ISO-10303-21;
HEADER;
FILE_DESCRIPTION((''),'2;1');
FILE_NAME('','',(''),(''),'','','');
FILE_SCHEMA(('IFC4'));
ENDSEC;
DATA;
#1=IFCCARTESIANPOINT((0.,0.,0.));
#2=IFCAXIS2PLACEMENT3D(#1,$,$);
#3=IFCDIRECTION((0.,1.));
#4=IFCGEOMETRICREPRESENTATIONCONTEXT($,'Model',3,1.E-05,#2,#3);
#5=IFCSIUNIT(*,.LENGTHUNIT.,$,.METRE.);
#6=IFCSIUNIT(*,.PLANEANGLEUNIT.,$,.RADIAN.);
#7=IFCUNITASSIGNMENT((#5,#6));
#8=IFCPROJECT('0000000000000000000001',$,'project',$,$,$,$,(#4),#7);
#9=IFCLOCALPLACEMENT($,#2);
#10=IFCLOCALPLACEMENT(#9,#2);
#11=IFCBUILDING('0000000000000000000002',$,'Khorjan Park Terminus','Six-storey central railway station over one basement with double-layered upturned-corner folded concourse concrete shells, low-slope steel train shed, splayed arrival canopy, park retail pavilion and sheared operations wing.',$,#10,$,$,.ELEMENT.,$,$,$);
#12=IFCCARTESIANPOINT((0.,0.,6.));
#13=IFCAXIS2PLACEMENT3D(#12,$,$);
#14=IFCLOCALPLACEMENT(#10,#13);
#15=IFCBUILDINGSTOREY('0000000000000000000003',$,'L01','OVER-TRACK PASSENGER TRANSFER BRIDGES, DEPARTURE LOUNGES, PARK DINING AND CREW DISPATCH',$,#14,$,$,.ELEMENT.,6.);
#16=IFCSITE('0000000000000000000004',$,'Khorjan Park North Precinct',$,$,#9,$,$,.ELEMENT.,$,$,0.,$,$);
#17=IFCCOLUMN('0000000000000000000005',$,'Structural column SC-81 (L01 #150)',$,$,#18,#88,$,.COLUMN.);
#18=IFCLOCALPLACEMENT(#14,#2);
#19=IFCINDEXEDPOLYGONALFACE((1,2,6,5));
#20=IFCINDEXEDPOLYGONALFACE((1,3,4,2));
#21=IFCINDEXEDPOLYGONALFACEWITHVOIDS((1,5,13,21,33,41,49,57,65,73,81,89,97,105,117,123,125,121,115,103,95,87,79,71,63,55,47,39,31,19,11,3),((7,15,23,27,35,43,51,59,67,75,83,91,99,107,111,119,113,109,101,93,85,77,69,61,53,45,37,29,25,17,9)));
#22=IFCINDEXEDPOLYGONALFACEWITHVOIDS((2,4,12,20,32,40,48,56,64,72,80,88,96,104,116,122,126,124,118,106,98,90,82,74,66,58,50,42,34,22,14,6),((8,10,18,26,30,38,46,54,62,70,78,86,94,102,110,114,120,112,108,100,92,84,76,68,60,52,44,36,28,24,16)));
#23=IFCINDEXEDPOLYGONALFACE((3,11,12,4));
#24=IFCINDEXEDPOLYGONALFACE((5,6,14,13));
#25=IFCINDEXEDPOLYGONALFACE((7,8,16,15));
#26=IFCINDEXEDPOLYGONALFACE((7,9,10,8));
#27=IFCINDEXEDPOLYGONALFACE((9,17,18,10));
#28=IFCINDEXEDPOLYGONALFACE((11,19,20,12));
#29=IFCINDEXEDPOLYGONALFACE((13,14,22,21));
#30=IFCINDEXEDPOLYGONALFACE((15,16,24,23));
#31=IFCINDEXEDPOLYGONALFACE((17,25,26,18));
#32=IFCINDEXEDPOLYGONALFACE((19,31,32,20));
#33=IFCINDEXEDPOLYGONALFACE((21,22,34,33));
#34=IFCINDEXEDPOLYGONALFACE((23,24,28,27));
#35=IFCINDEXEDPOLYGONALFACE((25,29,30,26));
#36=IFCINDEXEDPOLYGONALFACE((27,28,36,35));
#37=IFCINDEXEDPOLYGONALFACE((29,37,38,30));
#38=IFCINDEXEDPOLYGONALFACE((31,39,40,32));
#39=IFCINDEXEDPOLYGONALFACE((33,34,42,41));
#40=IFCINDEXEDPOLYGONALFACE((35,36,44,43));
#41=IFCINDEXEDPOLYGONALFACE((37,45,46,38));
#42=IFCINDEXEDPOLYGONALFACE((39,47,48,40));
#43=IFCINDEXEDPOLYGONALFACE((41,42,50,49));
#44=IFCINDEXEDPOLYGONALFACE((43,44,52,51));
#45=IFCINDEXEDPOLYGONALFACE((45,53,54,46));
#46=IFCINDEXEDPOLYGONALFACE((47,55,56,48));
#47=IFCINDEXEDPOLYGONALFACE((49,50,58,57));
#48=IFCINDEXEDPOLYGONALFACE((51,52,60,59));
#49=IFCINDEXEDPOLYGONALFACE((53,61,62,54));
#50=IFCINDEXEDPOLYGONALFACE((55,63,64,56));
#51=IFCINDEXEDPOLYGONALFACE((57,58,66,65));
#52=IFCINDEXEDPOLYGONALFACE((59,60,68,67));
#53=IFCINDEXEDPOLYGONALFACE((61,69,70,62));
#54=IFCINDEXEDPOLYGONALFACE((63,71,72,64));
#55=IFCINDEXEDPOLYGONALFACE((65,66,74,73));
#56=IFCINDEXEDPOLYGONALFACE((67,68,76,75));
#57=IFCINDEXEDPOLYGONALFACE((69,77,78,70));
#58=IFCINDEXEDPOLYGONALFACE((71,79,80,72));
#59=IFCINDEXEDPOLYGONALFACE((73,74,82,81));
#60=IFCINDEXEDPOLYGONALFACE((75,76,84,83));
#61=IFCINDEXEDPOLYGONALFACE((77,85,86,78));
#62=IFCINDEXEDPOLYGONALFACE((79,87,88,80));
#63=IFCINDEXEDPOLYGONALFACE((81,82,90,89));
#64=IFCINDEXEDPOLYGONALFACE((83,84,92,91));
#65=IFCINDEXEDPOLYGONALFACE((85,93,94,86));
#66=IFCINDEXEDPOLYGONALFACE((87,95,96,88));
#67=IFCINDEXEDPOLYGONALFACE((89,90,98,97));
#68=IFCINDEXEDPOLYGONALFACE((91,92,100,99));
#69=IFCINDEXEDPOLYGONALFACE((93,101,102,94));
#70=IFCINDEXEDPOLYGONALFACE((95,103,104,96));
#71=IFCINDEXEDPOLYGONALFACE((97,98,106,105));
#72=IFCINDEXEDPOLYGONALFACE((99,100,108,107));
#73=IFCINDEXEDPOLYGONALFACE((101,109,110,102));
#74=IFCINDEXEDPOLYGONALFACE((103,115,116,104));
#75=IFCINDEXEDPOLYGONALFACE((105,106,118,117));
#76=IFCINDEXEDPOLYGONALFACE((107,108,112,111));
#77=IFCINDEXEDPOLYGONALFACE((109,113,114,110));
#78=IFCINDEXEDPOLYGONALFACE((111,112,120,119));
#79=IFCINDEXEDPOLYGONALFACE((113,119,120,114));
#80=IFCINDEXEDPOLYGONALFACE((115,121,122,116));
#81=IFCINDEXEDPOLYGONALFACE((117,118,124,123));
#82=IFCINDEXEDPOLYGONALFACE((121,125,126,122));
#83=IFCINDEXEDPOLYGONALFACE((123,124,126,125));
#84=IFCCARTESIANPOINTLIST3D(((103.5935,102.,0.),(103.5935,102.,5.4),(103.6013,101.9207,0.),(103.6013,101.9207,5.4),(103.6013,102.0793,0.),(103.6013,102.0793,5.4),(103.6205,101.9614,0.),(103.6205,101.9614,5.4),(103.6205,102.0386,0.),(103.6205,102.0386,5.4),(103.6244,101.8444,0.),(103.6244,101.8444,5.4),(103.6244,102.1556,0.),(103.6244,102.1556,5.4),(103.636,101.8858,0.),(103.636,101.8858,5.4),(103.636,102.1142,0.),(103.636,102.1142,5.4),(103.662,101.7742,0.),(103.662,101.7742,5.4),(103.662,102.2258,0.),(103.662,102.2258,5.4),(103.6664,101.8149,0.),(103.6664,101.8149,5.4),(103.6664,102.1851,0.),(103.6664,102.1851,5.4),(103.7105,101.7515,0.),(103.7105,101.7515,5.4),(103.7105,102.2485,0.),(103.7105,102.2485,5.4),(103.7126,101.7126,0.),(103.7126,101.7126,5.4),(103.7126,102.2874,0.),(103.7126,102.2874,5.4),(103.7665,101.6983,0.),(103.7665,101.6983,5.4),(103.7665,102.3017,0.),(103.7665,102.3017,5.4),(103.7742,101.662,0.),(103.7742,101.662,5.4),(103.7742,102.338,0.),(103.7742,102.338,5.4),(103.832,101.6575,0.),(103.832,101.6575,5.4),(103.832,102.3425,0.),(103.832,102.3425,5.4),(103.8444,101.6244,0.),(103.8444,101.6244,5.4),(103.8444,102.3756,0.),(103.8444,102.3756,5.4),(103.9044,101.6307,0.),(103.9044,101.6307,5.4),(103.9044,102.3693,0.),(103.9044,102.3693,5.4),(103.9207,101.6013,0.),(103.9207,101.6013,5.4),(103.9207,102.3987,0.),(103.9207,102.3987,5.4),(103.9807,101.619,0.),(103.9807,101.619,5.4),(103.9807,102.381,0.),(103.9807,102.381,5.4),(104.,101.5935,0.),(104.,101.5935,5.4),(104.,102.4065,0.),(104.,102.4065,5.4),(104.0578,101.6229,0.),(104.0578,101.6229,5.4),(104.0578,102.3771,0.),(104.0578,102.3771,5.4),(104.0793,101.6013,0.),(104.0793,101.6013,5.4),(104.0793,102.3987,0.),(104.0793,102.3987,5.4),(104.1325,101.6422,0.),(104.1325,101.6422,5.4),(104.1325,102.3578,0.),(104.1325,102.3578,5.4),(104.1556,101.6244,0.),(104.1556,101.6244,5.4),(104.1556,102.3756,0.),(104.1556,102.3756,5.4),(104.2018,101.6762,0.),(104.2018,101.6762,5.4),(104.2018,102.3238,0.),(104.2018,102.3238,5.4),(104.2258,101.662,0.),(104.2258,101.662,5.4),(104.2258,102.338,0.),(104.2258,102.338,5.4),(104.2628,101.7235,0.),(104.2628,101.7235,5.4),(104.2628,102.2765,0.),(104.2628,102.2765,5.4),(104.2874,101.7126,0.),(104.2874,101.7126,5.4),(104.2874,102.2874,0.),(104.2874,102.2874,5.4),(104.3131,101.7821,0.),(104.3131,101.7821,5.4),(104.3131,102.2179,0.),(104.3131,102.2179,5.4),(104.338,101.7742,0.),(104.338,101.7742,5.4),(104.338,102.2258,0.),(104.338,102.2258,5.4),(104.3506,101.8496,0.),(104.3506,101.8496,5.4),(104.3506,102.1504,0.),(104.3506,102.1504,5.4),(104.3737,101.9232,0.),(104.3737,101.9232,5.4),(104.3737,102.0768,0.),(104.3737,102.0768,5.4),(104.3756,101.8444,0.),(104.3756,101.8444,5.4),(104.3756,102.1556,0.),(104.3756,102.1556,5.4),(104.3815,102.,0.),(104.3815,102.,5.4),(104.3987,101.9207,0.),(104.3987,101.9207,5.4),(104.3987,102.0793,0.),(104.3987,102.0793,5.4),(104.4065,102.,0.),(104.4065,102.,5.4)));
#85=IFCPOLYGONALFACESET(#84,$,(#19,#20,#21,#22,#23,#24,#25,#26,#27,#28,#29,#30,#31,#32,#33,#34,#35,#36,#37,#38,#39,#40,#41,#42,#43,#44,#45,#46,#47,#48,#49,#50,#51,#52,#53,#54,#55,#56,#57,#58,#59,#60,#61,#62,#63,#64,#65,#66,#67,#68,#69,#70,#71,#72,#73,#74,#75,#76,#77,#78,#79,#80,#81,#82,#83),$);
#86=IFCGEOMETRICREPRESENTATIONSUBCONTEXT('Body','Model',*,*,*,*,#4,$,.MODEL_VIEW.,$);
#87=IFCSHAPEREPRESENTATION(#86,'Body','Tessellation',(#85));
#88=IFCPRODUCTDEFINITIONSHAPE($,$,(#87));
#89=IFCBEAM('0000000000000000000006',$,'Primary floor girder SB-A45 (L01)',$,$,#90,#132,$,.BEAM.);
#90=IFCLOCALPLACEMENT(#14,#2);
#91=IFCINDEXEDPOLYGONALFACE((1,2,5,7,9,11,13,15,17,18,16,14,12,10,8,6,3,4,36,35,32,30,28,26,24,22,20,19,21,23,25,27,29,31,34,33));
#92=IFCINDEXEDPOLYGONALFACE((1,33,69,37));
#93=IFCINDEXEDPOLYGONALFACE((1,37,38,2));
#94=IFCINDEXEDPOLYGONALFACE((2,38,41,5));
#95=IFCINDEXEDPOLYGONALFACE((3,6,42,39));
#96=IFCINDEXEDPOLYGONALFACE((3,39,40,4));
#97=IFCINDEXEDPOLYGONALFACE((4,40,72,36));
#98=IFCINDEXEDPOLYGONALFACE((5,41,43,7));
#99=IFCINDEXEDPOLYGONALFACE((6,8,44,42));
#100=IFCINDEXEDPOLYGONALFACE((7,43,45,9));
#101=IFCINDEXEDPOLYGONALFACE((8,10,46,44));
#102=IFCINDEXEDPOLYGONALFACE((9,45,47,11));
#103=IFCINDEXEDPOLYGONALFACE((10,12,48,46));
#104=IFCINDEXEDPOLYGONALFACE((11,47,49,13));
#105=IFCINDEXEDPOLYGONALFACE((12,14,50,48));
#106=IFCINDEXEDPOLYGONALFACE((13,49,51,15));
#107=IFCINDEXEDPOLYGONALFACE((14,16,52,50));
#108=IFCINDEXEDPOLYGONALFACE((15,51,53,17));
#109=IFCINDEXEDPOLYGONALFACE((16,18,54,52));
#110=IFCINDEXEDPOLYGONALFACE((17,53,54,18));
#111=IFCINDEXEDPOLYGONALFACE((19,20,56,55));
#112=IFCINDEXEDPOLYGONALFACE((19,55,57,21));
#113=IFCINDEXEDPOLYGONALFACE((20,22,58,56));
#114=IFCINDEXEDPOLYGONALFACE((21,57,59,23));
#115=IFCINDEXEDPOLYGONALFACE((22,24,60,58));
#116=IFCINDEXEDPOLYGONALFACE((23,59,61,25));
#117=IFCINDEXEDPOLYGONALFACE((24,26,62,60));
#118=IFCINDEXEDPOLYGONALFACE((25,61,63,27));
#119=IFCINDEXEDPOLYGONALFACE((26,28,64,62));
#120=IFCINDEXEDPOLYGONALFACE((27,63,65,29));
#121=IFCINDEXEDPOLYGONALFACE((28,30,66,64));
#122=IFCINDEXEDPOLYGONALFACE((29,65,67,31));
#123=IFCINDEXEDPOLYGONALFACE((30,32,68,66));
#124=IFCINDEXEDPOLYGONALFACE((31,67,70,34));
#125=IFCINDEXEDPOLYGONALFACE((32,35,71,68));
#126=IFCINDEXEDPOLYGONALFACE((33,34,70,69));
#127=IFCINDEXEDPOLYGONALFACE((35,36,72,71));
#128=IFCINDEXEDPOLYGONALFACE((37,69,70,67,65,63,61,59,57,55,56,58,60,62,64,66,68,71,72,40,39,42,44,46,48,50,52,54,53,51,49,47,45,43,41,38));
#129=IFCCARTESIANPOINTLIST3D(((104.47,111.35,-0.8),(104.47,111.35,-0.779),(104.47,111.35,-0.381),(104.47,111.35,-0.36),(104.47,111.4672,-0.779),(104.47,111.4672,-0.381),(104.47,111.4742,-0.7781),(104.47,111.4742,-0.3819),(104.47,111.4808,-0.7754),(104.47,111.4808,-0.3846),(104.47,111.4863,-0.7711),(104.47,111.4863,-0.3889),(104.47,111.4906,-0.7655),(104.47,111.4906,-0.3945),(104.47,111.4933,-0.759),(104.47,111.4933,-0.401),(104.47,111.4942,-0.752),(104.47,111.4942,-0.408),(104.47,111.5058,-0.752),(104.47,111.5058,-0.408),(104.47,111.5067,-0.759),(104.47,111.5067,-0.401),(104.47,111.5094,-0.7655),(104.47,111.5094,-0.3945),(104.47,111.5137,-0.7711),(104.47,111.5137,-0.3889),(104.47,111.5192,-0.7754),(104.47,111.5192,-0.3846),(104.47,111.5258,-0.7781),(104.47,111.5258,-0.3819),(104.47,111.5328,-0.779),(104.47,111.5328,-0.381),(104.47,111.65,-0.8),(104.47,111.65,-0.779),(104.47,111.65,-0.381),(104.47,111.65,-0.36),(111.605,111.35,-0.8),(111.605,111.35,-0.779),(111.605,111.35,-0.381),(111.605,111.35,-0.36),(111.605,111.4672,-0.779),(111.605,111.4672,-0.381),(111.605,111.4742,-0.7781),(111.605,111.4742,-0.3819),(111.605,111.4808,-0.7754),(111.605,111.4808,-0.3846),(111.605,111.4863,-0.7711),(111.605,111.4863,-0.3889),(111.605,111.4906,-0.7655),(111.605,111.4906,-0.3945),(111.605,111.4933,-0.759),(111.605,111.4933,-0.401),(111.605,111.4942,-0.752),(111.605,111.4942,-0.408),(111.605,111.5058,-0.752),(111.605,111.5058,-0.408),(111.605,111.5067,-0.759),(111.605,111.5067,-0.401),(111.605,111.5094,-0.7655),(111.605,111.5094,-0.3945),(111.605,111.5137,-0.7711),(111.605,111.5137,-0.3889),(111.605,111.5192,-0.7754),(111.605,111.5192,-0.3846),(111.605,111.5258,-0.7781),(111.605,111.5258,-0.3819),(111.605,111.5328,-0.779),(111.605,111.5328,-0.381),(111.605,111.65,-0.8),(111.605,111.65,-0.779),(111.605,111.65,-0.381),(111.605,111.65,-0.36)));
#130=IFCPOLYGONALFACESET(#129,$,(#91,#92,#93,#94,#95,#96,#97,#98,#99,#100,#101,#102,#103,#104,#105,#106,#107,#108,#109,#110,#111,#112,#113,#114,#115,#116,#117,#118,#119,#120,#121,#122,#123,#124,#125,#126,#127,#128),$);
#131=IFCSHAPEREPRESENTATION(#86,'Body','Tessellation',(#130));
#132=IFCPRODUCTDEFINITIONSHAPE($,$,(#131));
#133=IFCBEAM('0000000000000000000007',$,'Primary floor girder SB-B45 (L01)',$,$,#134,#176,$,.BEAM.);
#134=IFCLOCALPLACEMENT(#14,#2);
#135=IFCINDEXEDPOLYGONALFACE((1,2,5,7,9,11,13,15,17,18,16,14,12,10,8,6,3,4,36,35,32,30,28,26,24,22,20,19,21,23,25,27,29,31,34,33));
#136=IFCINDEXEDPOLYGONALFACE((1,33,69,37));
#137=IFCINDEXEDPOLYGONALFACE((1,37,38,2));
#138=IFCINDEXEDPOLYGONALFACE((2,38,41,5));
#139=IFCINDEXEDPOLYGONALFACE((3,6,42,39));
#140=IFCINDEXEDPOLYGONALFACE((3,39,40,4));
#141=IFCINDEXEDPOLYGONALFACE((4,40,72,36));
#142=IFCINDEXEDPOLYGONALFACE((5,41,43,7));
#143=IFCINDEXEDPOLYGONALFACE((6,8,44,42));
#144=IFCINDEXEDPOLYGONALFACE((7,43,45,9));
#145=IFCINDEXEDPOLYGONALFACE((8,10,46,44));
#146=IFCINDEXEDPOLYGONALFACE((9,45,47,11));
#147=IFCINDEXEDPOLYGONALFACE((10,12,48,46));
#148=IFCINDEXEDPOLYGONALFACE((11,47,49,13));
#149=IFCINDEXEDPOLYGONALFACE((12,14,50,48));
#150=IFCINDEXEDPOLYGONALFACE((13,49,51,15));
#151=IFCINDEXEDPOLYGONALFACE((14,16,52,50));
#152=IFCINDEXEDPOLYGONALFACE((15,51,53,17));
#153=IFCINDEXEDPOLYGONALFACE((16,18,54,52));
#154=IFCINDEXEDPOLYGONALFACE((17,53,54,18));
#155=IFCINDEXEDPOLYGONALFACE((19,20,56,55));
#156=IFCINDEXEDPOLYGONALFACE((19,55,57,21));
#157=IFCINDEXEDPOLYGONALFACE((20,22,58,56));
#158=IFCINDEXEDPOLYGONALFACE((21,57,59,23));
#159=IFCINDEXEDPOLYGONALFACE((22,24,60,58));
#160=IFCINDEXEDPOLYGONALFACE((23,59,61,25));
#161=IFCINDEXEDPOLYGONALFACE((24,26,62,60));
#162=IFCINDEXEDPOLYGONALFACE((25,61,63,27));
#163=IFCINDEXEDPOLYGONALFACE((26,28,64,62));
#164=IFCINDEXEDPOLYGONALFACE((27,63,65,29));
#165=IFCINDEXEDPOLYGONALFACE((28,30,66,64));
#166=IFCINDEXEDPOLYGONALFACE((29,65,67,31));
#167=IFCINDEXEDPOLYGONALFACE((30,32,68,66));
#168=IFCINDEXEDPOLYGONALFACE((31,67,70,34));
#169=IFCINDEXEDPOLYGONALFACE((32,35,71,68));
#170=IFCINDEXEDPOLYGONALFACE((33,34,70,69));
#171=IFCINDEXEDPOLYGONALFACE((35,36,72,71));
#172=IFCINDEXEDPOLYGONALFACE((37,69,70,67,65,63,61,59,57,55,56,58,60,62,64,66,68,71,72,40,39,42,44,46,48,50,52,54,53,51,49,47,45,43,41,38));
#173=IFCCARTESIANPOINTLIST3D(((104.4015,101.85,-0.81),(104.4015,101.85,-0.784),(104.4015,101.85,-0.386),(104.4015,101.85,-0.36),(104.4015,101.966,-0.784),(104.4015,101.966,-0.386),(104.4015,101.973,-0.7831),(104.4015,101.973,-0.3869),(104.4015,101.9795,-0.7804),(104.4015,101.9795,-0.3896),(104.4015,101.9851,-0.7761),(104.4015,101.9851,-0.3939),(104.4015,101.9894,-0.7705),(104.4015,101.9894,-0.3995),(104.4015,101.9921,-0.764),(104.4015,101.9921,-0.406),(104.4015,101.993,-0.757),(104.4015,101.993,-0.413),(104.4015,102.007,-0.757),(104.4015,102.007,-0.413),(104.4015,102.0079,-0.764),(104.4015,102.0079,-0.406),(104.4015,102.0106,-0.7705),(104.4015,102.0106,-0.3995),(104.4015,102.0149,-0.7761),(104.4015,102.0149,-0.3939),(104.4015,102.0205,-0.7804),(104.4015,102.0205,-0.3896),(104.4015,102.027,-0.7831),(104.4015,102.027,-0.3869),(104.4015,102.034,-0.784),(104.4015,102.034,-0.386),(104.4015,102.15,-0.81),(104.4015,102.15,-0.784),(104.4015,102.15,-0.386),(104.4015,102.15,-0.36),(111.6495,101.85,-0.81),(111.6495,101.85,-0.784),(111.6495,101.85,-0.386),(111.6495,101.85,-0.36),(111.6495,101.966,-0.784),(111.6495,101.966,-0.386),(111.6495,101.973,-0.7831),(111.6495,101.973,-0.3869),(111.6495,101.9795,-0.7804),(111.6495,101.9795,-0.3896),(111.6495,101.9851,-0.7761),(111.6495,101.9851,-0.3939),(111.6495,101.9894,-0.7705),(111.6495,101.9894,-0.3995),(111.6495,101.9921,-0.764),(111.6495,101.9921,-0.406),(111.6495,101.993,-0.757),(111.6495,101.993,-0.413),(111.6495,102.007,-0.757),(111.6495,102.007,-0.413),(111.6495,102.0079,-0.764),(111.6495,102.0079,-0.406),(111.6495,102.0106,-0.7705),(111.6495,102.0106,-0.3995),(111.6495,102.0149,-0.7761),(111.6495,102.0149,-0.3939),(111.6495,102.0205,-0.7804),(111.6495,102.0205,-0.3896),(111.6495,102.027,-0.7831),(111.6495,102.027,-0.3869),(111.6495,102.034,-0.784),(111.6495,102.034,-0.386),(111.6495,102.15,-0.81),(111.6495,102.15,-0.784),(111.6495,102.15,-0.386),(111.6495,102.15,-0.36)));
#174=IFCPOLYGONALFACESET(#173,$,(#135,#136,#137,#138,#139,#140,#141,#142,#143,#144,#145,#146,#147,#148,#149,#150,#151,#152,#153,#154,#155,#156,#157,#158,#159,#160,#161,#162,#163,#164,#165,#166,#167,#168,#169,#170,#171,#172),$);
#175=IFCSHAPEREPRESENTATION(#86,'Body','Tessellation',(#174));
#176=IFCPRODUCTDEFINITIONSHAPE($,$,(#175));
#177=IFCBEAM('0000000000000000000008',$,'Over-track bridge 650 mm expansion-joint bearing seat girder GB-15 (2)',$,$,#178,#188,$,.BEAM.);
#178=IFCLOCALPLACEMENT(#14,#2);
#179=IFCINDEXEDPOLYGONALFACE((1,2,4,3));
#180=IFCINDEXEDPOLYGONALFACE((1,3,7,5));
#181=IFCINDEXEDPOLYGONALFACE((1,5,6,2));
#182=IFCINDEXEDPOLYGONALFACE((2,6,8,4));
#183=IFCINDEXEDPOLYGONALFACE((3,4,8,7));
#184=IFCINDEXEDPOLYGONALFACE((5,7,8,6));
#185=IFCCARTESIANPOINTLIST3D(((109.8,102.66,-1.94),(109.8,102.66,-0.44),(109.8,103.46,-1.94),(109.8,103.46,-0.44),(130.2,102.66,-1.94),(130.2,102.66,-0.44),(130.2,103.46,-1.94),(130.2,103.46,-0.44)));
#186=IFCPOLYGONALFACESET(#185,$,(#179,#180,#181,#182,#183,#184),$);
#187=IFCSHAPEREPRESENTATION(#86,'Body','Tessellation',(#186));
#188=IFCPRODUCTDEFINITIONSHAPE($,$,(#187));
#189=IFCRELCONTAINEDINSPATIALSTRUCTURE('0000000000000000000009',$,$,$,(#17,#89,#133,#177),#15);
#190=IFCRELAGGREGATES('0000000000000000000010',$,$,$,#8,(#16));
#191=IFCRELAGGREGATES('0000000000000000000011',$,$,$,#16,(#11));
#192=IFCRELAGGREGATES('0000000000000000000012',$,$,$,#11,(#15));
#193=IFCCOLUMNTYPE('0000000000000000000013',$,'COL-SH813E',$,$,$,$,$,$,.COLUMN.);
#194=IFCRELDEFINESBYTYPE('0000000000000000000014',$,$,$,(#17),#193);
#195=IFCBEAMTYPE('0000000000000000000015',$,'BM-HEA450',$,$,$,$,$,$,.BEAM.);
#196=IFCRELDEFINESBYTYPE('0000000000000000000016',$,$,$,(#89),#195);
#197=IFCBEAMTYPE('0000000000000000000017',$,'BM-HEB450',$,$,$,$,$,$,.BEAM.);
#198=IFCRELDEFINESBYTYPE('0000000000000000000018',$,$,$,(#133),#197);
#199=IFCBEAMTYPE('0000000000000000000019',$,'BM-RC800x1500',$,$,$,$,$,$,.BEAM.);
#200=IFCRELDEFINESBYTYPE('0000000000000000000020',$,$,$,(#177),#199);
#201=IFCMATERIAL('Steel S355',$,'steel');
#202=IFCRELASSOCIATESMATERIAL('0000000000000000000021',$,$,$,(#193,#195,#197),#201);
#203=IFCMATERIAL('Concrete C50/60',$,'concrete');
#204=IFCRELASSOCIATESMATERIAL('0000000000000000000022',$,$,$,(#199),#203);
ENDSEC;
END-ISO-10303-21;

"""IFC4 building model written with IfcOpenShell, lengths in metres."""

from ifc_helpers import new_model, si_unit, direction, frame, origin, origin_2d, place, context, subcontext, project, spatial, rectangle, hollow_circle, i_section, extrude, material, material_profile, profile_set, type_object, element, save


model = new_model("IFC4")

# Units and contexts
model_context = context("Model", 3, precision=1e-05, world=origin(), true_north=direction((0.0, 1.0)))
body_context = subcontext(model_context, "Body", "Model", "MODEL_VIEW")
ifc_project = project(units=[si_unit("LENGTHUNIT", "METRE"), si_unit("PLANEANGLEUNIT", "RADIAN")], contexts=[model_context])

# Site, building, storey
site_placement = place(None, origin())
site = spatial("IfcSite", under=ifc_project, at=site_placement, Name="Khorjan Park North Precinct", CompositionType="ELEMENT", RefElevation=0.0)
building_placement = place(site_placement, origin())
building = spatial("IfcBuilding", under=site, at=building_placement, Name="Khorjan Park Terminus", Description="Six-storey central railway station over one basement with double-layered upturned-corner folded concourse concrete shells, low-slope steel train shed, splayed arrival canopy, park retail pavilion and sheared operations wing.", CompositionType="ELEMENT")
storey_placement = place(building_placement, frame((0.0, 0.0, 6.0)))
storey = spatial("IfcBuildingStorey", under=building, at=storey_placement, Name="L01", Description="OVER-TRACK PASSENGER TRANSFER BRIDGES, DEPARTURE LOUNGES, PARK DINING AND CREW DISPATCH", CompositionType="ELEMENT", Elevation=6.0)

# Column
ifc_material_1 = material(Name="Steel S355", Category="steel")
ifc_material_profile_1 = material_profile(ifc_material_1, hollow_circle(Radius=0.4065, WallThickness=0.025, at=origin_2d()), Name="CHS 813x25")
ifc_profile_set_1 = profile_set([ifc_material_profile_1], Name="Steel S355")
column_type = type_object("IfcColumnType", Name="COL-SH813E", PredefinedType="COLUMN", material=ifc_profile_set_1)
column_placement = place(storey_placement, frame((104.0, 102.0, 0.0), z_axis=(0.0, 0.0, 1.0), x_axis=(1.0, 0.0, 0.0)))
element("IfcColumn", 1, at=column_placement, inside=storey, type_object=column_type, Name="Structural column SC-81 (L01 #150)", PredefinedType="COLUMN", context=body_context, shape_type="SweptSolid", body=[
    extrude(hollow_circle(Radius=0.4065, WallThickness=0.025, at=origin_2d()), origin(), (0.0, 0.0, 1.0), 5.4),
])

# Beams
ifc_material_profile_2 = material_profile(ifc_material_1, i_section(OverallWidth=0.3, OverallDepth=0.44, WebThickness=0.0115, FlangeThickness=0.021, FilletRadius=0.027, at=origin_2d()), Name="HEA 450")
ifc_profile_set_2 = profile_set([ifc_material_profile_2], Name="Steel S355")
beam_type_1 = type_object("IfcBeamType", Name="BM-HEA450", PredefinedType="BEAM", material=ifc_profile_set_2)
beam_1_placement = place(storey_placement, frame((104.47, 111.5, -0.58), z_axis=(1.0, 0.0, 0.0), x_axis=(0.0, 1.0, 0.0)))
element("IfcBeam", 2, at=beam_1_placement, inside=storey, type_object=beam_type_1, Name="Primary floor girder SB-A45 (L01)", PredefinedType="BEAM", context=body_context, shape_type="SweptSolid", body=[
    extrude(i_section(OverallWidth=0.3, OverallDepth=0.44, WebThickness=0.0115, FlangeThickness=0.021, FilletRadius=0.027, at=origin_2d()), origin(), (0.0, 0.0, 1.0), 7.135),
])
ifc_material_profile_3 = material_profile(ifc_material_1, i_section(OverallWidth=0.3, OverallDepth=0.45, WebThickness=0.014, FlangeThickness=0.026, FilletRadius=0.027, at=origin_2d()), Name="HEB 450")
ifc_profile_set_3 = profile_set([ifc_material_profile_3], Name="Steel S355")
beam_type_2 = type_object("IfcBeamType", Name="BM-HEB450", PredefinedType="BEAM", material=ifc_profile_set_3)
beam_2_placement = place(storey_placement, frame((104.4015, 102.0, -0.585), z_axis=(1.0, 0.0, 0.0), x_axis=(0.0, 1.0, 0.0)))
element("IfcBeam", 3, at=beam_2_placement, inside=storey, type_object=beam_type_2, Name="Primary floor girder SB-B45 (L01)", PredefinedType="BEAM", context=body_context, shape_type="SweptSolid", body=[
    extrude(i_section(OverallWidth=0.3, OverallDepth=0.45, WebThickness=0.014, FlangeThickness=0.026, FilletRadius=0.027, at=origin_2d()), origin(), (0.0, 0.0, 1.0), 7.248),
])
ifc_material_2 = material(Name="Concrete C50/60", Category="concrete")
ifc_material_profile_4 = material_profile(ifc_material_2, rectangle(XDim=0.8, YDim=1.5, at=origin_2d()), Name="RC 800x1500")
ifc_profile_set_4 = profile_set([ifc_material_profile_4], Name="Concrete C50/60")
beam_type_3 = type_object("IfcBeamType", Name="BM-RC800x1500", PredefinedType="BEAM", material=ifc_profile_set_4)
beam_3_placement = place(storey_placement, frame((109.8, 103.06, -1.19), z_axis=(1.0, 0.0, 0.0), x_axis=(0.0, 1.0, 0.0)))
element("IfcBeam", 4, at=beam_3_placement, inside=storey, type_object=beam_type_3, Name="Over-track bridge 650 mm expansion-joint bearing seat girder GB-15 (2)", PredefinedType="BEAM", context=body_context, shape_type="SweptSolid", body=[
    extrude(rectangle(XDim=0.8, YDim=1.5, at=origin_2d()), origin(), (0.0, 0.0, 1.0), 20.4),
])

save(model, "model.ifc")
